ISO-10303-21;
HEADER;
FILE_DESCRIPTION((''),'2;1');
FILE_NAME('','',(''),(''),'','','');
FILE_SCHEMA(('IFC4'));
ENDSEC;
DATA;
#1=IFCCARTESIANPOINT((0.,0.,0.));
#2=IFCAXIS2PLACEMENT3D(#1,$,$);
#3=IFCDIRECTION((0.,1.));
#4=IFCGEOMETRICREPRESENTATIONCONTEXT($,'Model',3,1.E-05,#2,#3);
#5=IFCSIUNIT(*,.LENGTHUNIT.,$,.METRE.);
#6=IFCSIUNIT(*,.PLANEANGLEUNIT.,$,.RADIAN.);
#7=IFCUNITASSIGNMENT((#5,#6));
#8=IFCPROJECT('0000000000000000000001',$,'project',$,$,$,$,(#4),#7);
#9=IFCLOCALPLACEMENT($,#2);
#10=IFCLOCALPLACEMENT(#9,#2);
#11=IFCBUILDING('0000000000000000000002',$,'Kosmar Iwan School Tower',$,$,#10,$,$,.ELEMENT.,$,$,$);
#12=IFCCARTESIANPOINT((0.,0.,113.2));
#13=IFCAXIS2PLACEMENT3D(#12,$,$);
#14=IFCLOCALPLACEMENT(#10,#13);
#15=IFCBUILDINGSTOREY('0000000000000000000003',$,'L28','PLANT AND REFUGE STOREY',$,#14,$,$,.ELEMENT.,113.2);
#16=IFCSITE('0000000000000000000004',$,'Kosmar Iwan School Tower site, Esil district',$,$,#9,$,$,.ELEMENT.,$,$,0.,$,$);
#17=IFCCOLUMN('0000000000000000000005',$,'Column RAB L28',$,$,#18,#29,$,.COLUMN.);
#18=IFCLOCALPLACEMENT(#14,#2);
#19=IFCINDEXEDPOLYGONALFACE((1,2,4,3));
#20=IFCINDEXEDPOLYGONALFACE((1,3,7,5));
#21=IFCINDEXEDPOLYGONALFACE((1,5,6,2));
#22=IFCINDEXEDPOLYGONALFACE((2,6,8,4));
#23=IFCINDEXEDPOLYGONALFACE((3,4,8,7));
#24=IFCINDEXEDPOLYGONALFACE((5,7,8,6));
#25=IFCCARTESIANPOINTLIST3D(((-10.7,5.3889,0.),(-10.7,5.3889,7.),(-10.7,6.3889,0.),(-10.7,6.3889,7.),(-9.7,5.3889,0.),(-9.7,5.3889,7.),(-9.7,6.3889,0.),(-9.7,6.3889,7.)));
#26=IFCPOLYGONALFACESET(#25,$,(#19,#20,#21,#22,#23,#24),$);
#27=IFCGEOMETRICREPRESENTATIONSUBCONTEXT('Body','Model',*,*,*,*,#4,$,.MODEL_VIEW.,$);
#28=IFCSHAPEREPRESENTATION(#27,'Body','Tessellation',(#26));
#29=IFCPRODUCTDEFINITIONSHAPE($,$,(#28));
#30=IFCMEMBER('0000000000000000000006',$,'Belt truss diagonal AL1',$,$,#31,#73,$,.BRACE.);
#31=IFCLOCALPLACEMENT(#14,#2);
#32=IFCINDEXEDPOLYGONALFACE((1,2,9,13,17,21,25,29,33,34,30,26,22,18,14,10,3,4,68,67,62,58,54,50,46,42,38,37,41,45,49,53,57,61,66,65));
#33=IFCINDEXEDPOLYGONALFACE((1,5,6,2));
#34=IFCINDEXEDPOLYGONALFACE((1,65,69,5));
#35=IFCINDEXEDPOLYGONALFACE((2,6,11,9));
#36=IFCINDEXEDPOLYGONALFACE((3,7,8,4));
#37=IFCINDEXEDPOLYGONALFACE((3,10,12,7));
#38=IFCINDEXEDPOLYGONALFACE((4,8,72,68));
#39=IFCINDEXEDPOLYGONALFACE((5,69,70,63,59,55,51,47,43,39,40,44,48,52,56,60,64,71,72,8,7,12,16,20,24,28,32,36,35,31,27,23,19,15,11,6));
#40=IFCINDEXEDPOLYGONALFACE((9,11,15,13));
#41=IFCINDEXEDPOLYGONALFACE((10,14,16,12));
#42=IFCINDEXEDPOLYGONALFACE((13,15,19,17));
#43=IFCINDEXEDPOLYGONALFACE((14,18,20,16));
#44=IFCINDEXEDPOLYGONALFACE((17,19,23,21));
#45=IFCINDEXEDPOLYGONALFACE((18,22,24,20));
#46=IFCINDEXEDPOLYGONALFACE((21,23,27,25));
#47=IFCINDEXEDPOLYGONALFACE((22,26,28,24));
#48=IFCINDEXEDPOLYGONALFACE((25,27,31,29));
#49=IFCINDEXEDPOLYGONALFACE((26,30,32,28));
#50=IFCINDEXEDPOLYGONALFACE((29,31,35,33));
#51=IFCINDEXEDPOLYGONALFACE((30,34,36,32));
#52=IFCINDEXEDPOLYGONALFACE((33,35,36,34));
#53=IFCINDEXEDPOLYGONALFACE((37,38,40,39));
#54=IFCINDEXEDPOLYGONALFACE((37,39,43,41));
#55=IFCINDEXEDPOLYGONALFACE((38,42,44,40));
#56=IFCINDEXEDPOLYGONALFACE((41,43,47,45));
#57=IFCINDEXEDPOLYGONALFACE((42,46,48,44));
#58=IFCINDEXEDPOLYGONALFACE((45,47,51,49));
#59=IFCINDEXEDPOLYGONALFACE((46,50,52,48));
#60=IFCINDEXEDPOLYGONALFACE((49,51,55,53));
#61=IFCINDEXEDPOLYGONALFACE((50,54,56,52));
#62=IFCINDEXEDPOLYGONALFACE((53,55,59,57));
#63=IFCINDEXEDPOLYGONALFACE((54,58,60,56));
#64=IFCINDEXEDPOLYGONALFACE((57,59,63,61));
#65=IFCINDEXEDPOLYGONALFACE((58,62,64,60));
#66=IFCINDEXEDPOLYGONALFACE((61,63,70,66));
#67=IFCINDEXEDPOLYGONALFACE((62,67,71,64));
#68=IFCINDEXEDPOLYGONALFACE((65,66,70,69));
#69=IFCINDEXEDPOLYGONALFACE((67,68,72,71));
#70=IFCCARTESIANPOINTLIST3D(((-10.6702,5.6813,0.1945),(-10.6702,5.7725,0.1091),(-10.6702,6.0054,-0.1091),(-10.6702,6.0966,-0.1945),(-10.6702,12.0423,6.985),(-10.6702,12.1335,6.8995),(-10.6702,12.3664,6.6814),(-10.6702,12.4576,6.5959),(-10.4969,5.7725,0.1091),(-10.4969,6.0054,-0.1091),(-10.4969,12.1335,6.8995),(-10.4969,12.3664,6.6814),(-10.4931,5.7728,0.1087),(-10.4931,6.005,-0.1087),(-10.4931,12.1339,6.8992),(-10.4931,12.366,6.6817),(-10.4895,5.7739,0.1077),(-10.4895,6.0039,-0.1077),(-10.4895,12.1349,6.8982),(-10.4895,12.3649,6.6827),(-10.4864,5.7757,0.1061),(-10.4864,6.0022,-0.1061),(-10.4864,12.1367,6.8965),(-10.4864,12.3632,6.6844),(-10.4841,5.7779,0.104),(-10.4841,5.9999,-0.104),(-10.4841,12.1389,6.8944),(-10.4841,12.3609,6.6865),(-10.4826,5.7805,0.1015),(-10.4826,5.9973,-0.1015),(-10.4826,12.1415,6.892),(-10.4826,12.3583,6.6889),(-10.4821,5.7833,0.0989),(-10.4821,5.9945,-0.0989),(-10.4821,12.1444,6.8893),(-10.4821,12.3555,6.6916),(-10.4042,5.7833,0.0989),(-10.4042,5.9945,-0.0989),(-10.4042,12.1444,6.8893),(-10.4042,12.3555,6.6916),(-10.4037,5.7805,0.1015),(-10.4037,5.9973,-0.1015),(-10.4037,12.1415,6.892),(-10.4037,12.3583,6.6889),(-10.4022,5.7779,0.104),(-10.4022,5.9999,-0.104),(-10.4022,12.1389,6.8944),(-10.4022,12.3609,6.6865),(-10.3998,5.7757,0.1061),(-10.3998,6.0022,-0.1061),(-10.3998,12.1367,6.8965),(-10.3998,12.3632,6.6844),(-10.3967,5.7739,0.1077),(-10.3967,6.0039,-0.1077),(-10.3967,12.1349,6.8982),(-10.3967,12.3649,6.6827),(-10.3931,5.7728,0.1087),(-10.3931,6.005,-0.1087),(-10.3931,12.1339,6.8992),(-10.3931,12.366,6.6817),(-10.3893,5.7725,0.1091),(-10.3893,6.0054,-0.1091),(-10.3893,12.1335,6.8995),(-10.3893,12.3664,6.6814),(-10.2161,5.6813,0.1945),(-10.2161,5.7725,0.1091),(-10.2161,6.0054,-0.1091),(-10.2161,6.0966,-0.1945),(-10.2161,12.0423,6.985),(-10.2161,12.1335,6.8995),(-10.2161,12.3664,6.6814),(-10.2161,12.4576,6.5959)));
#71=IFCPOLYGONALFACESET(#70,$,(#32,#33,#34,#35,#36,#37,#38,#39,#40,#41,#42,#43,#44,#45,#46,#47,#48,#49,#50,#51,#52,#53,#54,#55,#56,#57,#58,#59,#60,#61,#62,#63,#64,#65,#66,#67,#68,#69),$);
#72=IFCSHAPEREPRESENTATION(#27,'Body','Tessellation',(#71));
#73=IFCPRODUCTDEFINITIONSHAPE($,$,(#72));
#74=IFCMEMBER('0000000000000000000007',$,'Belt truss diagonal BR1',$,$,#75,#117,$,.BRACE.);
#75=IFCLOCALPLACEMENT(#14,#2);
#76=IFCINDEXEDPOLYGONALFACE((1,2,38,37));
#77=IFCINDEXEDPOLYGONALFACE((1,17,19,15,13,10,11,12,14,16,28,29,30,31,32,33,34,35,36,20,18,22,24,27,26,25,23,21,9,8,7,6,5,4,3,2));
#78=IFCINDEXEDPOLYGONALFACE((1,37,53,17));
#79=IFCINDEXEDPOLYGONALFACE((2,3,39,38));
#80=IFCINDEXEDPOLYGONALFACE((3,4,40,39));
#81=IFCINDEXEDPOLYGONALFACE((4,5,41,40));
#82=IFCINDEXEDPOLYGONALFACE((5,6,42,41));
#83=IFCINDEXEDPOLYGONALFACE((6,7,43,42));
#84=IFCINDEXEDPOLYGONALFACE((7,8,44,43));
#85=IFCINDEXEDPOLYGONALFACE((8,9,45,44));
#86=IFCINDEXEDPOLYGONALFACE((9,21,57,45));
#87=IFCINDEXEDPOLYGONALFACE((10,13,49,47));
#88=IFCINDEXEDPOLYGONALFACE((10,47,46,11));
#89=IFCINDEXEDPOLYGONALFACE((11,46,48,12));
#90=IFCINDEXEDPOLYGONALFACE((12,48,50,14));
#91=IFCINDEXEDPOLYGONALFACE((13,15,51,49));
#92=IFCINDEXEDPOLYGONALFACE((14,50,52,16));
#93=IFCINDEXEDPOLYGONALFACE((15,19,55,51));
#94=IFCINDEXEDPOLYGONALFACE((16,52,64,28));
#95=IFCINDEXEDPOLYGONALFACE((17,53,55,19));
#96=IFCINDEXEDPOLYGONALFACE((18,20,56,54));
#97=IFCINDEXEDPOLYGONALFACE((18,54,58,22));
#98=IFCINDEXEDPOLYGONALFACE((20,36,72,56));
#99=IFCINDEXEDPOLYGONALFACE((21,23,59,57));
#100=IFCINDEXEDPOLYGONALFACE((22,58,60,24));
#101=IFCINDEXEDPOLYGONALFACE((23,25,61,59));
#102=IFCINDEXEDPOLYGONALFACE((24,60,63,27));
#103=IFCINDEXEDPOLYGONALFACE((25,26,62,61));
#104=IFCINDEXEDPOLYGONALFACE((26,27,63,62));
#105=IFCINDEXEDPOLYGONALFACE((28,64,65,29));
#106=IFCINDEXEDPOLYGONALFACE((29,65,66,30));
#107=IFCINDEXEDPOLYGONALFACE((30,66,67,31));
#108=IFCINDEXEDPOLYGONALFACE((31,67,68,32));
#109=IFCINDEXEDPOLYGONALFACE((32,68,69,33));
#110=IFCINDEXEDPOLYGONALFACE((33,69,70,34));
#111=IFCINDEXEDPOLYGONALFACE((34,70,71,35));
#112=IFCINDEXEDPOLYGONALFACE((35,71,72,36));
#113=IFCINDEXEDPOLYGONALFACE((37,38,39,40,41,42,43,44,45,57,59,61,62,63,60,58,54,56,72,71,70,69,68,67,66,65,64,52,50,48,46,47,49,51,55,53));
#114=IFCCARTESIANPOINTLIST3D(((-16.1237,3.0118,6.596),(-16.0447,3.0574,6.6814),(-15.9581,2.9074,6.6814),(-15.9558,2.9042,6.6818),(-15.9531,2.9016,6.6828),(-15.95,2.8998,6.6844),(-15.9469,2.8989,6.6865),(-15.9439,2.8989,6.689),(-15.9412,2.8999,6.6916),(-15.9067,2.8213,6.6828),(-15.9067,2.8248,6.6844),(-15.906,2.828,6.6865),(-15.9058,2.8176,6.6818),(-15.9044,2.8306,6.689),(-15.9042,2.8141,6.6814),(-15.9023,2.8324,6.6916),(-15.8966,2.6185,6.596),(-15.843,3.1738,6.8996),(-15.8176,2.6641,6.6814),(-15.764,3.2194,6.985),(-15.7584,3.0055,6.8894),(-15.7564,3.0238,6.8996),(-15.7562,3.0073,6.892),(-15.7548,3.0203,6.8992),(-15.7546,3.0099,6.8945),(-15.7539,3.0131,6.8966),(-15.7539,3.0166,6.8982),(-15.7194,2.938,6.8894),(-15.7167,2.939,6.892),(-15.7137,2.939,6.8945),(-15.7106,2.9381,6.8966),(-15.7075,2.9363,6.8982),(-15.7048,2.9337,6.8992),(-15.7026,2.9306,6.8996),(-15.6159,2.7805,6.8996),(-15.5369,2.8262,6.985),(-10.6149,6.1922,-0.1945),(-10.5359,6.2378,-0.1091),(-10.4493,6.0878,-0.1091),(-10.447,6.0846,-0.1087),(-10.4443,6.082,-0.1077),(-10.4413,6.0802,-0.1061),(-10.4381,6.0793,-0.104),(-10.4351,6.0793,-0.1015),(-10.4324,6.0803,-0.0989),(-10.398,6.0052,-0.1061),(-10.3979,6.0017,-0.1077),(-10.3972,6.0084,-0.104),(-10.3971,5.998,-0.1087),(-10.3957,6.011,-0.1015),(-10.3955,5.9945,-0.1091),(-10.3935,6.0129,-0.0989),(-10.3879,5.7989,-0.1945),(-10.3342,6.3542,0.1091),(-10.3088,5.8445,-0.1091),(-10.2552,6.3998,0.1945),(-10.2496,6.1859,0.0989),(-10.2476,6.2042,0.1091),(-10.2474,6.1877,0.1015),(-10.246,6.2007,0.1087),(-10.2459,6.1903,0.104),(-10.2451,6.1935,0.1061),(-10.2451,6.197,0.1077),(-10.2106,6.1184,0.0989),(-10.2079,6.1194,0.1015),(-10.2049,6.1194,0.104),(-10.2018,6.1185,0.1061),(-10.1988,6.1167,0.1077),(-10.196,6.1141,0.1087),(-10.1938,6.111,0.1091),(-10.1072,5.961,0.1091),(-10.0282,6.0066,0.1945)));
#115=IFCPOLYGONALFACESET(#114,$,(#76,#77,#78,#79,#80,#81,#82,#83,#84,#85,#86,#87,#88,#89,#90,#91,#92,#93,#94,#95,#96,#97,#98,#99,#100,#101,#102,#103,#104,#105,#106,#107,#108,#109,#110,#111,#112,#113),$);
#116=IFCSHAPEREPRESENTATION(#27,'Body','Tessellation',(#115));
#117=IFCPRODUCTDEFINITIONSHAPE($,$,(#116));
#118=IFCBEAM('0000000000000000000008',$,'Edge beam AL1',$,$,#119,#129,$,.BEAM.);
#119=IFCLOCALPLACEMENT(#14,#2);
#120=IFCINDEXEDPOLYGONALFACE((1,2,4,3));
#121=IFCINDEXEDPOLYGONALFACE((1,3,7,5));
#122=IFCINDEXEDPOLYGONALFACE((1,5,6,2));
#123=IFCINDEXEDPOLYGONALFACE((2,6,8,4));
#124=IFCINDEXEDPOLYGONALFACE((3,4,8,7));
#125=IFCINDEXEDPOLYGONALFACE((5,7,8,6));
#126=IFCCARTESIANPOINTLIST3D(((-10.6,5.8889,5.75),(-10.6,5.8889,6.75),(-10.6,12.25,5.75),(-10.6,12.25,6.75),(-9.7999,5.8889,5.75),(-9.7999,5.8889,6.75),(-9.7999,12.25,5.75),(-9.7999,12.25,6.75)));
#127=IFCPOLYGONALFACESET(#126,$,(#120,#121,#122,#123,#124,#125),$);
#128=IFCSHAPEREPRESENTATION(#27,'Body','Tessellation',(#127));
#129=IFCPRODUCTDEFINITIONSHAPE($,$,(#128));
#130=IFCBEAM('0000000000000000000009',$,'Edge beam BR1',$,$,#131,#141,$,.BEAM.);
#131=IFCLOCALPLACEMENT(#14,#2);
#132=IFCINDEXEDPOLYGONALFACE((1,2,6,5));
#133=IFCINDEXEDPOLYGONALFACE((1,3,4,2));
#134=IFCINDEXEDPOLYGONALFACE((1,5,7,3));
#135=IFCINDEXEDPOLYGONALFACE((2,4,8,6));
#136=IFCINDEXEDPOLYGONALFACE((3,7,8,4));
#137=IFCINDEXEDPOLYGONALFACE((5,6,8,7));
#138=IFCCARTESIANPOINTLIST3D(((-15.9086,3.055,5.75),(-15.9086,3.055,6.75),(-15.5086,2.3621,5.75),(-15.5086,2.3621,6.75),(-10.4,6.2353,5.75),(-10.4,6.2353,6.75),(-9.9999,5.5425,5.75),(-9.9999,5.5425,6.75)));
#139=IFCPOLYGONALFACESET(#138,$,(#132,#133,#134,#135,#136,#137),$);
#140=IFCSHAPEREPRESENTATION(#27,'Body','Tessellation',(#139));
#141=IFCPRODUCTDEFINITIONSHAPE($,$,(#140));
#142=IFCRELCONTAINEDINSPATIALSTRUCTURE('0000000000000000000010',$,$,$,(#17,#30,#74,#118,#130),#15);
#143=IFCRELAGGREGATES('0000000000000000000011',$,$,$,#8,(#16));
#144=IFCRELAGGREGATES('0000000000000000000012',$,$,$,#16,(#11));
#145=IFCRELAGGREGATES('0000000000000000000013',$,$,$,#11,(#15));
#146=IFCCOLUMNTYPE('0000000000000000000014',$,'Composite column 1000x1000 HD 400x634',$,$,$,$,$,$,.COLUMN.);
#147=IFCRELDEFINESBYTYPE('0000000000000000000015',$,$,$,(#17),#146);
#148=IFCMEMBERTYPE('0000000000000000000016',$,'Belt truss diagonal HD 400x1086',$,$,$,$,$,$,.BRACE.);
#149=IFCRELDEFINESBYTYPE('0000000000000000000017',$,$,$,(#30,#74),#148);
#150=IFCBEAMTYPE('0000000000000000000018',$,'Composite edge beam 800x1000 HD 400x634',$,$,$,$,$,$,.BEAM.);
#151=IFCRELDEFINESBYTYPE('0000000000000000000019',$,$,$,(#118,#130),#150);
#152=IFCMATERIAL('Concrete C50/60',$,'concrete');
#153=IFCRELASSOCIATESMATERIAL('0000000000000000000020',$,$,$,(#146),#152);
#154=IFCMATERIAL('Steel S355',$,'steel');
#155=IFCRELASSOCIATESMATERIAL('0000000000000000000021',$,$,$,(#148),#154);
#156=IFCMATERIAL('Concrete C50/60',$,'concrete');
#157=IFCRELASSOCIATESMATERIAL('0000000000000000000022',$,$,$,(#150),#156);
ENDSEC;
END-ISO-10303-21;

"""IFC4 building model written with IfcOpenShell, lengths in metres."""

from ifc_helpers import new_model, si_unit, direction, frame, origin, origin_2d, place, context, subcontext, project, spatial, rectangle, i_section, extrude, material, material_profile, profile_set, type_object, element, save


model = new_model("IFC4")

# Units and contexts
model_context = context("Model", 3, precision=1e-05, world=origin(), true_north=direction((0.0, 1.0)))
body_context = subcontext(model_context, "Body", "Model", "MODEL_VIEW")
ifc_project = project(units=[si_unit("LENGTHUNIT", "METRE"), si_unit("PLANEANGLEUNIT", "RADIAN")], contexts=[model_context])

# Site, building, storey
site_placement = place(None, origin())
site = spatial("IfcSite", under=ifc_project, at=site_placement, Name="Kosmar Iwan School Tower site, Esil district", CompositionType="ELEMENT", RefElevation=0.0)
building_placement = place(site_placement, origin())
building = spatial("IfcBuilding", under=site, at=building_placement, Name="Kosmar Iwan School Tower", CompositionType="ELEMENT")
storey_placement = place(building_placement, frame((0.0, 0.0, 113.2)))
storey = spatial("IfcBuildingStorey", under=building, at=storey_placement, Name="L28", Description="PLANT AND REFUGE STOREY", CompositionType="ELEMENT", Elevation=113.2)

# Column
ifc_material_1 = material(Name="Concrete C50/60", Category="concrete")
ifc_material_profile_1 = material_profile(ifc_material_1, rectangle(XDim=1.0, YDim=1.0, at=origin_2d()), Name="RC 1000x1000 + HD 400x634")
ifc_profile_set_1 = profile_set([ifc_material_profile_1], Name="Concrete C50/60")
column_type = type_object("IfcColumnType", Name="Composite column 1000x1000 HD 400x634", PredefinedType="COLUMN", material=ifc_profile_set_1)
column_placement = place(storey_placement, frame((-10.2, 5.8889, 0.0), z_axis=(0.0, 0.0, 1.0), x_axis=(1.0, 0.0, 0.0)))
element("IfcColumn", 1, at=column_placement, inside=storey, type_object=column_type, Name="Column RAB L28", PredefinedType="COLUMN", context=body_context, shape_type="SweptSolid", body=[
    extrude(rectangle(XDim=1.0, YDim=1.0, at=origin_2d()), origin(), (0.0, 0.0, 1.0), 7.0),
])

# Members
ifc_material_2 = material(Name="Steel S355", Category="steel")
ifc_material_profile_2 = material_profile(ifc_material_2, i_section(OverallWidth=0.4541, OverallDepth=0.5691, WebThickness=0.0779, FlangeThickness=0.125, FilletRadius=0.0149, at=origin_2d()), Name="HD 400x1086")
ifc_profile_set_2 = profile_set([ifc_material_profile_2], Name="Steel S355")
member_type = type_object("IfcMemberType", Name="Belt truss diagonal HD 400x1086", PredefinedType="BRACE", material=ifc_profile_set_2)
for number, where, z_axis, x_axis, name in (
    (2, (-10.4431, 5.8889, 0.0), (0.0, 0.683653, 0.729807), (-1.0, 0.0, 0.0), "Belt truss diagonal AL1"),
    (3, (-10.3215, 6.0994, 0.0), (-0.592059, -0.341816, 0.729814), (0.49999, -0.866031, 0.0), "Belt truss diagonal BR1"),
):
    element("IfcMember", number, at=place(storey_placement, frame(where, z_axis=z_axis, x_axis=x_axis)), inside=storey, type_object=member_type, Name=name, PredefinedType="BRACE", context=body_context, shape_type="SweptSolid", body=[
        extrude(i_section(OverallWidth=0.4541, OverallDepth=0.5691, WebThickness=0.0779, FlangeThickness=0.125, FilletRadius=0.0149, at=origin_2d()), origin(), (0.0, 0.0, 1.0), 9.3044),
    ])

# Beams
ifc_material_3 = material(Name="Concrete C50/60", Category="concrete")
ifc_material_profile_3 = material_profile(ifc_material_3, rectangle(XDim=0.8, YDim=1.0, at=origin_2d()), Name="RC 800x1000 + HD 400x634")
ifc_profile_set_3 = profile_set([ifc_material_profile_3], Name="Concrete C50/60")
beam_type = type_object("IfcBeamType", Name="Composite edge beam 800x1000 HD 400x634", PredefinedType="BEAM", material=ifc_profile_set_3)
beam_1_placement = place(storey_placement, frame((-10.2, 5.8889, 6.25), z_axis=(0.0, 1.0, 0.0), x_axis=(-1.0, 0.0, 0.0)))
element("IfcBeam", 4, at=beam_1_placement, inside=storey, type_object=beam_type, Name="Edge beam AL1", PredefinedType="BEAM", context=body_context, shape_type="SweptSolid", body=[
    extrude(rectangle(XDim=0.8, YDim=1.0, at=origin_2d()), origin(), (0.0, 0.0, 1.0), 6.3611),
])
beam_2_placement = place(storey_placement, frame((-10.2, 5.8889, 6.25), z_axis=(-0.866031, -0.49999, 0.0), x_axis=(0.49999, -0.866031, 0.0)))
element("IfcBeam", 5, at=beam_2_placement, inside=storey, type_object=beam_type, Name="Edge beam BR1", PredefinedType="BEAM", context=body_context, shape_type="SweptSolid", body=[
    extrude(rectangle(XDim=0.8, YDim=1.0, at=origin_2d()), origin(), (0.0, 0.0, 1.0), 6.3608),
])

save(model, "model.ifc")
